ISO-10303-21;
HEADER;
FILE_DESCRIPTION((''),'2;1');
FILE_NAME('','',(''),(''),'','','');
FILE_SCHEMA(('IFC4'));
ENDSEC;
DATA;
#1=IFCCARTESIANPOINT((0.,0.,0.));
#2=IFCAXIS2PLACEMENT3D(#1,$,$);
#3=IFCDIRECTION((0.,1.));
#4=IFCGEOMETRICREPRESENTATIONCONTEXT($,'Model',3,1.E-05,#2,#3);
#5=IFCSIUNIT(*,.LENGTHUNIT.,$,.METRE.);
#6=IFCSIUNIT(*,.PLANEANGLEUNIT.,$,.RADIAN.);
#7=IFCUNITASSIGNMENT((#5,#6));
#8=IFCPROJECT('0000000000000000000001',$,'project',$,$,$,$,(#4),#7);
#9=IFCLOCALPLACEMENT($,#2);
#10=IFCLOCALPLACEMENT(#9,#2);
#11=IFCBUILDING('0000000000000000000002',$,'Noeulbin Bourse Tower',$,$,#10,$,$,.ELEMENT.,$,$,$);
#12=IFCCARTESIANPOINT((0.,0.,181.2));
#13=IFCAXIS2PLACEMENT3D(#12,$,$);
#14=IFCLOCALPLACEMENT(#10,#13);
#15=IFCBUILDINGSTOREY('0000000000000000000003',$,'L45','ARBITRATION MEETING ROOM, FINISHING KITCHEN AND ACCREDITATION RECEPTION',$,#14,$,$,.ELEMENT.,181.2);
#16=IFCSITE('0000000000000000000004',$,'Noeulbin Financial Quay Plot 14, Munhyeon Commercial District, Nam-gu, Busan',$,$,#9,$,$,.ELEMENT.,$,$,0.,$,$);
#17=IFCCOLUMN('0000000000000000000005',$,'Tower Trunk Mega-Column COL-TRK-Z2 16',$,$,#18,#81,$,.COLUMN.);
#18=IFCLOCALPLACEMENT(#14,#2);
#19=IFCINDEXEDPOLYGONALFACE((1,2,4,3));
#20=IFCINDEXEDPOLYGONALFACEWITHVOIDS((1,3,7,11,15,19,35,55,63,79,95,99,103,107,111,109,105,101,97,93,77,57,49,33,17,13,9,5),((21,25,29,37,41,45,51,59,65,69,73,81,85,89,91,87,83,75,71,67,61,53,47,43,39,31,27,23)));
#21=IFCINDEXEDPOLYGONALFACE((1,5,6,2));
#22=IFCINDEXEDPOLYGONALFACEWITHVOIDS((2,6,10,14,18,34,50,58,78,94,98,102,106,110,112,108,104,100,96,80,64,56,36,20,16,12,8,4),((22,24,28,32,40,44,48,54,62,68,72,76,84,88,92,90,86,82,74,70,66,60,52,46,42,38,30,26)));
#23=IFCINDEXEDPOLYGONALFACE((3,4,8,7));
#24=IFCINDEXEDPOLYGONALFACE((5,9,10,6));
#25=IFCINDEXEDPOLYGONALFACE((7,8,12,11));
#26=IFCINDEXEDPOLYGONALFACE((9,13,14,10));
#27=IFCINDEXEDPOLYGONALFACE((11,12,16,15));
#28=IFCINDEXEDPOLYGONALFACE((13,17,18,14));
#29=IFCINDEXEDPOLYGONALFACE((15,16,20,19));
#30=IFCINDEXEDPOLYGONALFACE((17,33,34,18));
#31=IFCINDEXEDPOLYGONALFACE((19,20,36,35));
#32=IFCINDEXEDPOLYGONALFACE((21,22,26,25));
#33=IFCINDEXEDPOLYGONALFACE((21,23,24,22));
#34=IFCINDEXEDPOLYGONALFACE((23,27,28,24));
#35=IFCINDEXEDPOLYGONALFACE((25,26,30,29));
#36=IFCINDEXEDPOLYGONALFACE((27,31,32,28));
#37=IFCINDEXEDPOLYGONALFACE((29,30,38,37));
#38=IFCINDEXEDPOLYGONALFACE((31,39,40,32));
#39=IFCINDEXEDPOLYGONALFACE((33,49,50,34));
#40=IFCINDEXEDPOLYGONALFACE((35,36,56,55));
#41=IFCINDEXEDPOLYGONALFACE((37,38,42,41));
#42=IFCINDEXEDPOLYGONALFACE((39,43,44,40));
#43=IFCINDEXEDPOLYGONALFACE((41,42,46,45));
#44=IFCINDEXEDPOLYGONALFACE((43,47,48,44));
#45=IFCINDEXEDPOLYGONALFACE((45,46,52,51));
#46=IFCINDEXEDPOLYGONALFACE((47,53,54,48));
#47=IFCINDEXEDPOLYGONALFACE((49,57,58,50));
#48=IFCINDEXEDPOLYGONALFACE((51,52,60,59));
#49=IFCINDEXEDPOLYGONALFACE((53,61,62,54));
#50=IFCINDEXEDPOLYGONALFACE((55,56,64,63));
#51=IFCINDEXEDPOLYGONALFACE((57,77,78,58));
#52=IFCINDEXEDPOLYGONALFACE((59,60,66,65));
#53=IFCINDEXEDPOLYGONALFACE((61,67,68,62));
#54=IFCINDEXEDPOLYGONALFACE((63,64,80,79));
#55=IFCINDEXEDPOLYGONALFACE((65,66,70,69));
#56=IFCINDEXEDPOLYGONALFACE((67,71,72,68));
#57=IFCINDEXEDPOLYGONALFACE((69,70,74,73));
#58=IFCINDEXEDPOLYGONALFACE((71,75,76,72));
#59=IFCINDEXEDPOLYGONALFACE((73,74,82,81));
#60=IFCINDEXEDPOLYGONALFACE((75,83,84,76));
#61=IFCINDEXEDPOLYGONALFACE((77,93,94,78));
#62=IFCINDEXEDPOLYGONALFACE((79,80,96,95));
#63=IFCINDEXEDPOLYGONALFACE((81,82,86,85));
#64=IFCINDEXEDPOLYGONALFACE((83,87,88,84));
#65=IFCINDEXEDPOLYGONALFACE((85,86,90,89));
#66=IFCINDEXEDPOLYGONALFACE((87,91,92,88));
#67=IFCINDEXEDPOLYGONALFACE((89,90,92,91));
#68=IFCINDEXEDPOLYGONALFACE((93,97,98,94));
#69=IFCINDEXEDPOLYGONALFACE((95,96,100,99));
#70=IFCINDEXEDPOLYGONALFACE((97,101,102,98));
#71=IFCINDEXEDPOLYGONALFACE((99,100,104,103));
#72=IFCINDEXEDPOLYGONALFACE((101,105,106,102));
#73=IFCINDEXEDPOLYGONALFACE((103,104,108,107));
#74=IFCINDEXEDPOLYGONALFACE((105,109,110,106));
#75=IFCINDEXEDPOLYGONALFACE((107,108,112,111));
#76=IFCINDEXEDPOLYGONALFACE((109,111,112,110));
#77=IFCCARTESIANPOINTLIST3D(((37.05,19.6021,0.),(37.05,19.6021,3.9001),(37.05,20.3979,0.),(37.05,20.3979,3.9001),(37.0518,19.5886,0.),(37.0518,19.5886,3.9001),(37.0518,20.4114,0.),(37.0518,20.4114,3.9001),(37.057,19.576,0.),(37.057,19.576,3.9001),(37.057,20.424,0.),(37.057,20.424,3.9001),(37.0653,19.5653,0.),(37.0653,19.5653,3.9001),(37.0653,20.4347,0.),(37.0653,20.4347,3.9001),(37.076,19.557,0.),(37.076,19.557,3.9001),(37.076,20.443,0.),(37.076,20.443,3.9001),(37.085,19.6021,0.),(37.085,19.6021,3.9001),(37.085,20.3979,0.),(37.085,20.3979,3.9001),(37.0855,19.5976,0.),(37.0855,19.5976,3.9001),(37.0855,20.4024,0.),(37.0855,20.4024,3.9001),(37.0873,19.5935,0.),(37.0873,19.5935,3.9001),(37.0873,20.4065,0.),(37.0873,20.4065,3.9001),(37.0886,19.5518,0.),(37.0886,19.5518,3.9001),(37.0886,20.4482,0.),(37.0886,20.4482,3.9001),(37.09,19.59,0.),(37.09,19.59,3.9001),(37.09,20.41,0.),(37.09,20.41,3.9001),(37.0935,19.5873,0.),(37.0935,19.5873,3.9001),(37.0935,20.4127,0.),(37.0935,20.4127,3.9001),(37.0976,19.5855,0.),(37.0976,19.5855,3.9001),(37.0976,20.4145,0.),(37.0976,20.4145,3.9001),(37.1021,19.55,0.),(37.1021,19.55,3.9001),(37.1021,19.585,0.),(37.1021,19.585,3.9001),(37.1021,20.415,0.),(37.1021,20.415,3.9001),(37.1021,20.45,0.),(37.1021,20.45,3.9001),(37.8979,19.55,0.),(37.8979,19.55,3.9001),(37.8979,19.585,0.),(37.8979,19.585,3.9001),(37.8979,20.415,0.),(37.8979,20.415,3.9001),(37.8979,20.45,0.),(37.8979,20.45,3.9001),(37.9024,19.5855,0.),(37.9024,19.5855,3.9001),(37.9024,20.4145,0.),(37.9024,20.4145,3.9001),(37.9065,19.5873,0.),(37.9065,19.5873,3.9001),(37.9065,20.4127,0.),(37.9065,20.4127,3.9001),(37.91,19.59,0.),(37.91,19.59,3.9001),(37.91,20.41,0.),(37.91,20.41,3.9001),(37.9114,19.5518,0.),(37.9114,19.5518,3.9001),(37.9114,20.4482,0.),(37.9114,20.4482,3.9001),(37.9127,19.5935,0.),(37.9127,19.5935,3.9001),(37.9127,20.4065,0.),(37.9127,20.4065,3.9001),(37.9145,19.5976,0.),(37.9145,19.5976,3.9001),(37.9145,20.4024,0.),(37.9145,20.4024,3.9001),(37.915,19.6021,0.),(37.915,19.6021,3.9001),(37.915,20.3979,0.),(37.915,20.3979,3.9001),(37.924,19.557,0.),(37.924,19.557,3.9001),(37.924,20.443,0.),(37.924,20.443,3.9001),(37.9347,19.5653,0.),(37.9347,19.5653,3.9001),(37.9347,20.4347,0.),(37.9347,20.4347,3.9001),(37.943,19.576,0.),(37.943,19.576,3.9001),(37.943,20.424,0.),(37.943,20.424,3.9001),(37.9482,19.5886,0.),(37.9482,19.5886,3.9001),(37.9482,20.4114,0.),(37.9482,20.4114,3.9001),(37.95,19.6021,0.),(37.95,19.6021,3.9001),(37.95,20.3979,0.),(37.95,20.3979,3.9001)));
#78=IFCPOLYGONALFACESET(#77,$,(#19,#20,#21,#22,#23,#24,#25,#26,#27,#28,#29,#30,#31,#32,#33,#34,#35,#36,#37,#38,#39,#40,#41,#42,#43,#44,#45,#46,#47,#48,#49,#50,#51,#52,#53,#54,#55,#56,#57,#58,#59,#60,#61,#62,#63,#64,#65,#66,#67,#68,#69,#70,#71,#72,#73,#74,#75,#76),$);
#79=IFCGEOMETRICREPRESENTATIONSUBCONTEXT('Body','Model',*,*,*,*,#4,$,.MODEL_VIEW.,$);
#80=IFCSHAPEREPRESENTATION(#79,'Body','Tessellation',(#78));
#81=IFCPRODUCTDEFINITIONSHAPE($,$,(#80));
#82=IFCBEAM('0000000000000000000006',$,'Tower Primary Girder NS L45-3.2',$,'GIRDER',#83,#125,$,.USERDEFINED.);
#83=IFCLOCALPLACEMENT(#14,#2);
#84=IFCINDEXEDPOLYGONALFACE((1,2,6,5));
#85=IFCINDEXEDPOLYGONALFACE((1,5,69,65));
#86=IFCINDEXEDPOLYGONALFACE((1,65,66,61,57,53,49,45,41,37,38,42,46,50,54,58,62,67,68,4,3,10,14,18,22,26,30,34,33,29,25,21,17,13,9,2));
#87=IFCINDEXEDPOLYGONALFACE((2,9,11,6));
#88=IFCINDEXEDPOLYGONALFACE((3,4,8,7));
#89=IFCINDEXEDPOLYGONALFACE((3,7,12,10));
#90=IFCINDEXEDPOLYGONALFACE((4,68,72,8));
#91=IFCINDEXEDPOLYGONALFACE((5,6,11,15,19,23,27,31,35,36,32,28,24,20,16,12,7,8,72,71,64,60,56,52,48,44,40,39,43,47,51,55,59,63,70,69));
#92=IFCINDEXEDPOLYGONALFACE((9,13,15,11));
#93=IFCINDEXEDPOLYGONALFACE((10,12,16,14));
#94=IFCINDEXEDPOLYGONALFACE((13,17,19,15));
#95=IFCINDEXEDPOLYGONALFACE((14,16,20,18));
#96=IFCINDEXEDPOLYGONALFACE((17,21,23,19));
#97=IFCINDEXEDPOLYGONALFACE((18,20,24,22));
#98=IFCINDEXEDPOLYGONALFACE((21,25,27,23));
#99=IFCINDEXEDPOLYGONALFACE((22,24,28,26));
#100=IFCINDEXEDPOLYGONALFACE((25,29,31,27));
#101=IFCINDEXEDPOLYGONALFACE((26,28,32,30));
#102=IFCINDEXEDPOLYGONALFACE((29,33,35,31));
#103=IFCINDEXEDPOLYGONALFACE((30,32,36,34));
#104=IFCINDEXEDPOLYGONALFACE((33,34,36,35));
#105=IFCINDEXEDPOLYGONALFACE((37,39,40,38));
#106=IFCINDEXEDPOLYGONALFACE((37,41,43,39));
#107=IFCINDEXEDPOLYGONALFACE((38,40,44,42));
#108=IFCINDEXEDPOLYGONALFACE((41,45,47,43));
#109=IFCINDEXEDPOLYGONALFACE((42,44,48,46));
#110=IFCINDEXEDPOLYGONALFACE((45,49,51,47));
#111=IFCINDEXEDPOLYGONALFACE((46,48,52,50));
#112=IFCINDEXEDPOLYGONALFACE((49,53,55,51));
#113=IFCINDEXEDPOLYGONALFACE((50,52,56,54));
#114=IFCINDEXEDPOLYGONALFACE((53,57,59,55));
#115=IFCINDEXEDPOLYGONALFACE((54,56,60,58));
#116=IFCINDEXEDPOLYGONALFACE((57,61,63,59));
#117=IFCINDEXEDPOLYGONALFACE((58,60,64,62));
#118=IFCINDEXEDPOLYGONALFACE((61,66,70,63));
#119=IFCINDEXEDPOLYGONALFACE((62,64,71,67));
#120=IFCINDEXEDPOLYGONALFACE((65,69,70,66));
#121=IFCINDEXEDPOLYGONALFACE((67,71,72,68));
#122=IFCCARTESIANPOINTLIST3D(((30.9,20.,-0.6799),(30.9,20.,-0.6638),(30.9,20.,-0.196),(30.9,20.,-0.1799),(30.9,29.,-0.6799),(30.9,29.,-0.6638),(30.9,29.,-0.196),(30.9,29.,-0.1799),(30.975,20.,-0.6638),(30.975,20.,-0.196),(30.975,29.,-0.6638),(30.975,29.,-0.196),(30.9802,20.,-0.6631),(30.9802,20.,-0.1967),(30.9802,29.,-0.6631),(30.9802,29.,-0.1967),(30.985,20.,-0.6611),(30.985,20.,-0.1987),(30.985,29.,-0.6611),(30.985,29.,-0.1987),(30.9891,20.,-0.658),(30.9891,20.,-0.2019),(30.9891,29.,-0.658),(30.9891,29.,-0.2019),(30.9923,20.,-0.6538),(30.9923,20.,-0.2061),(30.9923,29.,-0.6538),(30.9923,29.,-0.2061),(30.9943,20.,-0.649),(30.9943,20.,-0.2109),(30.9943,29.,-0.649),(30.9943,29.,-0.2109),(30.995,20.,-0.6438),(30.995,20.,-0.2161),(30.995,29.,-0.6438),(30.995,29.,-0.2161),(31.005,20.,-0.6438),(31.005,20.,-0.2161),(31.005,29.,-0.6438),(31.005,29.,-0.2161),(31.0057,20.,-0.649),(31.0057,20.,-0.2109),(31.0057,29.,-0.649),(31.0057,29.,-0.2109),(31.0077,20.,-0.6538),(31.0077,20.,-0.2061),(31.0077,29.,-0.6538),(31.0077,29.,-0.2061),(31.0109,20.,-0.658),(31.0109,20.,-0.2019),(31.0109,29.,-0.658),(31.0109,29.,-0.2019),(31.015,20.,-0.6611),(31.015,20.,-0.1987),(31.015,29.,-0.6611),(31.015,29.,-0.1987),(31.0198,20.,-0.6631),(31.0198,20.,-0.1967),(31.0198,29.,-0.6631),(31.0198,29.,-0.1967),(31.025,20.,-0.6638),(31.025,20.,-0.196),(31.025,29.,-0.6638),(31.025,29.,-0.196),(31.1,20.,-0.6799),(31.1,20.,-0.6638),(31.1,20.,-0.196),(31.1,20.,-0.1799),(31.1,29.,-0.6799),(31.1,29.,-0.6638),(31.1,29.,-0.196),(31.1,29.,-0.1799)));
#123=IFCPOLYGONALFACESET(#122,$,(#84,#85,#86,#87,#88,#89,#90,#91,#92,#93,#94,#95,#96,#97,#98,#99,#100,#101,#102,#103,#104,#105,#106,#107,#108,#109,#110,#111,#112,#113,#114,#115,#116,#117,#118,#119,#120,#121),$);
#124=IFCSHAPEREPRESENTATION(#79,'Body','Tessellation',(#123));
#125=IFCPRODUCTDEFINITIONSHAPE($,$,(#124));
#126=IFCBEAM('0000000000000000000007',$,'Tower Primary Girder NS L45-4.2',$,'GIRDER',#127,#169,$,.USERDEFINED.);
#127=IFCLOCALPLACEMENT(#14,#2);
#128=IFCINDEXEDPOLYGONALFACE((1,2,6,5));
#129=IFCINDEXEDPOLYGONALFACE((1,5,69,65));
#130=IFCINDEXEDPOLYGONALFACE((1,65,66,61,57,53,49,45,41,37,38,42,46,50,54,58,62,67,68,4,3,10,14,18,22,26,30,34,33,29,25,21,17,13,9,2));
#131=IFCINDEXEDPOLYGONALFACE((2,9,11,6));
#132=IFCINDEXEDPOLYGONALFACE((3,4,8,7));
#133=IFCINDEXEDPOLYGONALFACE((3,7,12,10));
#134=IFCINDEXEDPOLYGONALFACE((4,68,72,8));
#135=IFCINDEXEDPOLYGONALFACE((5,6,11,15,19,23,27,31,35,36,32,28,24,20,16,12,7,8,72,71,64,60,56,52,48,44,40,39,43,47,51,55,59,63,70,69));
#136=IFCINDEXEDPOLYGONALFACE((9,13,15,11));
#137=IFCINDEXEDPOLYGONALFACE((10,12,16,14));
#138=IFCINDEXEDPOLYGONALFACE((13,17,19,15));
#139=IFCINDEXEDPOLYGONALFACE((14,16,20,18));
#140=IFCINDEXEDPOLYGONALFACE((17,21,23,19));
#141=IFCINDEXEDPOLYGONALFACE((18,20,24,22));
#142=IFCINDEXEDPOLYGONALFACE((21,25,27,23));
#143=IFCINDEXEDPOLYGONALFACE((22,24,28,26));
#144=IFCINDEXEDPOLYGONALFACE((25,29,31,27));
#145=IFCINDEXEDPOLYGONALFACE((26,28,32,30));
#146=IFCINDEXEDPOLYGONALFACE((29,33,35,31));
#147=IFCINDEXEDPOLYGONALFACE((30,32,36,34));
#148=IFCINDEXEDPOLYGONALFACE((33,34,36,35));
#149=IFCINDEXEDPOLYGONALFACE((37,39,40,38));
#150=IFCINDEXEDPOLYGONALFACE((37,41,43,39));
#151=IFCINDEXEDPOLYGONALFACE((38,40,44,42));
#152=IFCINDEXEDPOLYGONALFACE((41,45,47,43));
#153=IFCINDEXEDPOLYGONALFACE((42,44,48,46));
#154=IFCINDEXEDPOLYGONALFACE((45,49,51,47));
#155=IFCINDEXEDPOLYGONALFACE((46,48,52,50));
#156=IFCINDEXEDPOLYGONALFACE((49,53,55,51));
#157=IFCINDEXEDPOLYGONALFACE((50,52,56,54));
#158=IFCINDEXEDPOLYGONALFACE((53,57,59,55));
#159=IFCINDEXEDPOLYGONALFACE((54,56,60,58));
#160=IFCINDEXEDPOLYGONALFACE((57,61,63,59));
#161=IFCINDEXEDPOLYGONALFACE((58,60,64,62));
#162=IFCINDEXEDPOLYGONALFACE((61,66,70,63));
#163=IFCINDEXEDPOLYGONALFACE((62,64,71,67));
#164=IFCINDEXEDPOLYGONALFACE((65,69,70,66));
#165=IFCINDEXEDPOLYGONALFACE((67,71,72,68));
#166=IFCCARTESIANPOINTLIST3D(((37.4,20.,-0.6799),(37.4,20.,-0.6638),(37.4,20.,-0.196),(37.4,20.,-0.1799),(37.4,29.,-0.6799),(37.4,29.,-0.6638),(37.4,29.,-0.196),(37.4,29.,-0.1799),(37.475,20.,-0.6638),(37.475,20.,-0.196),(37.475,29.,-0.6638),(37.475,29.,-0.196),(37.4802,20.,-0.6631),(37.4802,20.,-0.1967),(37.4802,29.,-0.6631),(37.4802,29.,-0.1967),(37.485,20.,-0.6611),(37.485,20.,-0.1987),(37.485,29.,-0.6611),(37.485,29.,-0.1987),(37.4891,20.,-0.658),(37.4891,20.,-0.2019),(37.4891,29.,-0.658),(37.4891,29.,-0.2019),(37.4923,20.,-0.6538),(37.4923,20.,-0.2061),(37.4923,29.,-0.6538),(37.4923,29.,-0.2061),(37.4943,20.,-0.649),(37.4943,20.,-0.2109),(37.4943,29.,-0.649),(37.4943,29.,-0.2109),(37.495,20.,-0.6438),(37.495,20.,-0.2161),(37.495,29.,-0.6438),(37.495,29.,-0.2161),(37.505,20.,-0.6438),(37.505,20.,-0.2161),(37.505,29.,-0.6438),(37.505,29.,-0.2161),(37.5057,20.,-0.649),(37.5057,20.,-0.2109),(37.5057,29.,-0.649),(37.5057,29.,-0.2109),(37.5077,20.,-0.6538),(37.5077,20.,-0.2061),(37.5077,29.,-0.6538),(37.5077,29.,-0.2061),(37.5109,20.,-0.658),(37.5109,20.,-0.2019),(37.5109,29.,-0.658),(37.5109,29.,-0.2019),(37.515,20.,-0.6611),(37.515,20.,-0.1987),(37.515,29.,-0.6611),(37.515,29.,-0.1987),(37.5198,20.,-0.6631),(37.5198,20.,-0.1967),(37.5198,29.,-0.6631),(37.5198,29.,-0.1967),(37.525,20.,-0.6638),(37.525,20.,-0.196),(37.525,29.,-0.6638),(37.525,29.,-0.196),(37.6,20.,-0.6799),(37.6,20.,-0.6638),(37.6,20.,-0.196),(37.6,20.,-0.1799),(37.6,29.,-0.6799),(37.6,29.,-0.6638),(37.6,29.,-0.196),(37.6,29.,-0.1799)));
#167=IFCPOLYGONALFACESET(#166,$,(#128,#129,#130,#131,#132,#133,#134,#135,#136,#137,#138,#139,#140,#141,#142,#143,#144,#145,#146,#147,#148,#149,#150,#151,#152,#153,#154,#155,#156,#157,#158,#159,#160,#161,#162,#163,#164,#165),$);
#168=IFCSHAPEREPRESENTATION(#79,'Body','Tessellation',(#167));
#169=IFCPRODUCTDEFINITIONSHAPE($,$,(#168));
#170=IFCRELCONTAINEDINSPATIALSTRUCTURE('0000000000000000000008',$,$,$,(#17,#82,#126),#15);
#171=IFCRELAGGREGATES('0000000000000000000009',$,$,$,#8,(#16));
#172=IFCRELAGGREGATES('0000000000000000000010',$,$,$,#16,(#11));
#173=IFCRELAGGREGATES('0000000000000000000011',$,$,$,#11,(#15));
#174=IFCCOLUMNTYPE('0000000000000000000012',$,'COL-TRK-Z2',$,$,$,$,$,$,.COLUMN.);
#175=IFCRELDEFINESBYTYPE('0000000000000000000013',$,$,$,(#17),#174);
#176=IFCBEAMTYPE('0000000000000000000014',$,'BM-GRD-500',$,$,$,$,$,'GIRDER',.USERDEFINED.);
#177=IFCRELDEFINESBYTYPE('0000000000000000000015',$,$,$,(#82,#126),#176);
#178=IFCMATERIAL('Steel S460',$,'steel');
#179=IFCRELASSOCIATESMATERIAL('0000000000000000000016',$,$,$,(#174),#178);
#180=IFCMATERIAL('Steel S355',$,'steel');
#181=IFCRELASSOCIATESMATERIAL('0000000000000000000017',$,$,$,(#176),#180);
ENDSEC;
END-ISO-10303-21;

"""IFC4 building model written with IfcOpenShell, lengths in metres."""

from ifc_helpers import new_model, si_unit, direction, frame, origin, origin_2d, place, context, subcontext, project, spatial, hollow_rectangle, i_section, extrude, material, material_profile, profile_set, type_object, element, save


model = new_model("IFC4")

# Units and contexts
model_context = context("Model", 3, precision=1e-05, world=origin(), true_north=direction((0.0, 1.0)))
body_context = subcontext(model_context, "Body", "Model", "MODEL_VIEW")
ifc_project = project(units=[si_unit("LENGTHUNIT", "METRE"), si_unit("PLANEANGLEUNIT", "RADIAN")], contexts=[model_context])

# Site, building, storey
site_placement = place(None, origin())
site = spatial("IfcSite", under=ifc_project, at=site_placement, Name="Noeulbin Financial Quay Plot 14, Munhyeon Commercial District, Nam-gu, Busan", CompositionType="ELEMENT", RefElevation=0.0)
building_placement = place(site_placement, origin())
building = spatial("IfcBuilding", under=site, at=building_placement, Name="Noeulbin Bourse Tower", CompositionType="ELEMENT")
storey_placement = place(building_placement, frame((0.0, 0.0, 181.2)))
storey = spatial("IfcBuildingStorey", under=building, at=storey_placement, Name="L45", Description="ARBITRATION MEETING ROOM, FINISHING KITCHEN AND ACCREDITATION RECEPTION", CompositionType="ELEMENT", Elevation=181.2)

# Column
ifc_material_1 = material(Name="Steel S460", Category="steel")
ifc_material_profile_1 = material_profile(ifc_material_1, hollow_rectangle(XDim=0.8999, YDim=0.8999, WallThickness=0.0349, InnerFilletRadius=0.0171, OuterFilletRadius=0.052, at=origin_2d()), Name="BOX-900x900x35", Category="LoadBearing")
ifc_profile_set_1 = profile_set([ifc_material_profile_1], Name="Steel S460")
column_type = type_object("IfcColumnType", Name="COL-TRK-Z2", PredefinedType="COLUMN", material=ifc_profile_set_1)
for number, where, z_axis, x_axis, name in (
    (1, (37.5, 20.0, 0.0), (0.0, 0.0, 1.0), (1.0, 0.0, 0.0), "Tower Trunk Mega-Column COL-TRK-Z2 16"),
):
    element("IfcColumn", number, at=place(storey_placement, frame(where, z_axis=z_axis, x_axis=x_axis)), inside=storey, type_object=column_type, Name=name, PredefinedType="COLUMN", context=body_context, shape_type="SweptSolid", body=[
        extrude(hollow_rectangle(XDim=0.8999, YDim=0.8999, WallThickness=0.0349, InnerFilletRadius=0.0171, OuterFilletRadius=0.052, at=origin_2d()), origin(), (0.0, 0.0, 1.0), 3.9001),
    ])

# Beams
ifc_material_2 = material(Name="Steel S355", Category="steel")
ifc_material_profile_2 = material_profile(ifc_material_2, i_section(OverallWidth=0.2, OverallDepth=0.5, WebThickness=0.01, FlangeThickness=0.0161, FilletRadius=0.02, at=origin_2d()), Name="H-500x200x10x16", Category="LoadBearing")
ifc_profile_set_2 = profile_set([ifc_material_profile_2], Name="Steel S355")
beam_type_1 = type_object("IfcBeamType", Name="BM-GRD-500", ElementType="GIRDER", PredefinedType="USERDEFINED", material=ifc_profile_set_2)
for number, where, z_axis, x_axis, name in (
    (2, (31.0, 20.0, -0.4299), (0.0, 1.0, 0.0), (-1.0, 0.0, 0.0), "Tower Primary Girder NS L45-3.2"),
    (3, (37.5, 20.0, -0.4299), (0.0, 1.0, 0.0), (-1.0, 0.0, 0.0), "Tower Primary Girder NS L45-4.2"),
):
    element("IfcBeam", number, at=place(storey_placement, frame(where, z_axis=z_axis, x_axis=x_axis)), inside=storey, type_object=beam_type_1, Name=name, ObjectType="GIRDER", PredefinedType="USERDEFINED", context=body_context, shape_type="SweptSolid", body=[
        extrude(i_section(OverallWidth=0.2, OverallDepth=0.5, WebThickness=0.01, FlangeThickness=0.0161, FilletRadius=0.02, at=origin_2d()), origin(), (0.0, 0.0, 1.0), 9.0),
    ])

save(model, "model.ifc")
